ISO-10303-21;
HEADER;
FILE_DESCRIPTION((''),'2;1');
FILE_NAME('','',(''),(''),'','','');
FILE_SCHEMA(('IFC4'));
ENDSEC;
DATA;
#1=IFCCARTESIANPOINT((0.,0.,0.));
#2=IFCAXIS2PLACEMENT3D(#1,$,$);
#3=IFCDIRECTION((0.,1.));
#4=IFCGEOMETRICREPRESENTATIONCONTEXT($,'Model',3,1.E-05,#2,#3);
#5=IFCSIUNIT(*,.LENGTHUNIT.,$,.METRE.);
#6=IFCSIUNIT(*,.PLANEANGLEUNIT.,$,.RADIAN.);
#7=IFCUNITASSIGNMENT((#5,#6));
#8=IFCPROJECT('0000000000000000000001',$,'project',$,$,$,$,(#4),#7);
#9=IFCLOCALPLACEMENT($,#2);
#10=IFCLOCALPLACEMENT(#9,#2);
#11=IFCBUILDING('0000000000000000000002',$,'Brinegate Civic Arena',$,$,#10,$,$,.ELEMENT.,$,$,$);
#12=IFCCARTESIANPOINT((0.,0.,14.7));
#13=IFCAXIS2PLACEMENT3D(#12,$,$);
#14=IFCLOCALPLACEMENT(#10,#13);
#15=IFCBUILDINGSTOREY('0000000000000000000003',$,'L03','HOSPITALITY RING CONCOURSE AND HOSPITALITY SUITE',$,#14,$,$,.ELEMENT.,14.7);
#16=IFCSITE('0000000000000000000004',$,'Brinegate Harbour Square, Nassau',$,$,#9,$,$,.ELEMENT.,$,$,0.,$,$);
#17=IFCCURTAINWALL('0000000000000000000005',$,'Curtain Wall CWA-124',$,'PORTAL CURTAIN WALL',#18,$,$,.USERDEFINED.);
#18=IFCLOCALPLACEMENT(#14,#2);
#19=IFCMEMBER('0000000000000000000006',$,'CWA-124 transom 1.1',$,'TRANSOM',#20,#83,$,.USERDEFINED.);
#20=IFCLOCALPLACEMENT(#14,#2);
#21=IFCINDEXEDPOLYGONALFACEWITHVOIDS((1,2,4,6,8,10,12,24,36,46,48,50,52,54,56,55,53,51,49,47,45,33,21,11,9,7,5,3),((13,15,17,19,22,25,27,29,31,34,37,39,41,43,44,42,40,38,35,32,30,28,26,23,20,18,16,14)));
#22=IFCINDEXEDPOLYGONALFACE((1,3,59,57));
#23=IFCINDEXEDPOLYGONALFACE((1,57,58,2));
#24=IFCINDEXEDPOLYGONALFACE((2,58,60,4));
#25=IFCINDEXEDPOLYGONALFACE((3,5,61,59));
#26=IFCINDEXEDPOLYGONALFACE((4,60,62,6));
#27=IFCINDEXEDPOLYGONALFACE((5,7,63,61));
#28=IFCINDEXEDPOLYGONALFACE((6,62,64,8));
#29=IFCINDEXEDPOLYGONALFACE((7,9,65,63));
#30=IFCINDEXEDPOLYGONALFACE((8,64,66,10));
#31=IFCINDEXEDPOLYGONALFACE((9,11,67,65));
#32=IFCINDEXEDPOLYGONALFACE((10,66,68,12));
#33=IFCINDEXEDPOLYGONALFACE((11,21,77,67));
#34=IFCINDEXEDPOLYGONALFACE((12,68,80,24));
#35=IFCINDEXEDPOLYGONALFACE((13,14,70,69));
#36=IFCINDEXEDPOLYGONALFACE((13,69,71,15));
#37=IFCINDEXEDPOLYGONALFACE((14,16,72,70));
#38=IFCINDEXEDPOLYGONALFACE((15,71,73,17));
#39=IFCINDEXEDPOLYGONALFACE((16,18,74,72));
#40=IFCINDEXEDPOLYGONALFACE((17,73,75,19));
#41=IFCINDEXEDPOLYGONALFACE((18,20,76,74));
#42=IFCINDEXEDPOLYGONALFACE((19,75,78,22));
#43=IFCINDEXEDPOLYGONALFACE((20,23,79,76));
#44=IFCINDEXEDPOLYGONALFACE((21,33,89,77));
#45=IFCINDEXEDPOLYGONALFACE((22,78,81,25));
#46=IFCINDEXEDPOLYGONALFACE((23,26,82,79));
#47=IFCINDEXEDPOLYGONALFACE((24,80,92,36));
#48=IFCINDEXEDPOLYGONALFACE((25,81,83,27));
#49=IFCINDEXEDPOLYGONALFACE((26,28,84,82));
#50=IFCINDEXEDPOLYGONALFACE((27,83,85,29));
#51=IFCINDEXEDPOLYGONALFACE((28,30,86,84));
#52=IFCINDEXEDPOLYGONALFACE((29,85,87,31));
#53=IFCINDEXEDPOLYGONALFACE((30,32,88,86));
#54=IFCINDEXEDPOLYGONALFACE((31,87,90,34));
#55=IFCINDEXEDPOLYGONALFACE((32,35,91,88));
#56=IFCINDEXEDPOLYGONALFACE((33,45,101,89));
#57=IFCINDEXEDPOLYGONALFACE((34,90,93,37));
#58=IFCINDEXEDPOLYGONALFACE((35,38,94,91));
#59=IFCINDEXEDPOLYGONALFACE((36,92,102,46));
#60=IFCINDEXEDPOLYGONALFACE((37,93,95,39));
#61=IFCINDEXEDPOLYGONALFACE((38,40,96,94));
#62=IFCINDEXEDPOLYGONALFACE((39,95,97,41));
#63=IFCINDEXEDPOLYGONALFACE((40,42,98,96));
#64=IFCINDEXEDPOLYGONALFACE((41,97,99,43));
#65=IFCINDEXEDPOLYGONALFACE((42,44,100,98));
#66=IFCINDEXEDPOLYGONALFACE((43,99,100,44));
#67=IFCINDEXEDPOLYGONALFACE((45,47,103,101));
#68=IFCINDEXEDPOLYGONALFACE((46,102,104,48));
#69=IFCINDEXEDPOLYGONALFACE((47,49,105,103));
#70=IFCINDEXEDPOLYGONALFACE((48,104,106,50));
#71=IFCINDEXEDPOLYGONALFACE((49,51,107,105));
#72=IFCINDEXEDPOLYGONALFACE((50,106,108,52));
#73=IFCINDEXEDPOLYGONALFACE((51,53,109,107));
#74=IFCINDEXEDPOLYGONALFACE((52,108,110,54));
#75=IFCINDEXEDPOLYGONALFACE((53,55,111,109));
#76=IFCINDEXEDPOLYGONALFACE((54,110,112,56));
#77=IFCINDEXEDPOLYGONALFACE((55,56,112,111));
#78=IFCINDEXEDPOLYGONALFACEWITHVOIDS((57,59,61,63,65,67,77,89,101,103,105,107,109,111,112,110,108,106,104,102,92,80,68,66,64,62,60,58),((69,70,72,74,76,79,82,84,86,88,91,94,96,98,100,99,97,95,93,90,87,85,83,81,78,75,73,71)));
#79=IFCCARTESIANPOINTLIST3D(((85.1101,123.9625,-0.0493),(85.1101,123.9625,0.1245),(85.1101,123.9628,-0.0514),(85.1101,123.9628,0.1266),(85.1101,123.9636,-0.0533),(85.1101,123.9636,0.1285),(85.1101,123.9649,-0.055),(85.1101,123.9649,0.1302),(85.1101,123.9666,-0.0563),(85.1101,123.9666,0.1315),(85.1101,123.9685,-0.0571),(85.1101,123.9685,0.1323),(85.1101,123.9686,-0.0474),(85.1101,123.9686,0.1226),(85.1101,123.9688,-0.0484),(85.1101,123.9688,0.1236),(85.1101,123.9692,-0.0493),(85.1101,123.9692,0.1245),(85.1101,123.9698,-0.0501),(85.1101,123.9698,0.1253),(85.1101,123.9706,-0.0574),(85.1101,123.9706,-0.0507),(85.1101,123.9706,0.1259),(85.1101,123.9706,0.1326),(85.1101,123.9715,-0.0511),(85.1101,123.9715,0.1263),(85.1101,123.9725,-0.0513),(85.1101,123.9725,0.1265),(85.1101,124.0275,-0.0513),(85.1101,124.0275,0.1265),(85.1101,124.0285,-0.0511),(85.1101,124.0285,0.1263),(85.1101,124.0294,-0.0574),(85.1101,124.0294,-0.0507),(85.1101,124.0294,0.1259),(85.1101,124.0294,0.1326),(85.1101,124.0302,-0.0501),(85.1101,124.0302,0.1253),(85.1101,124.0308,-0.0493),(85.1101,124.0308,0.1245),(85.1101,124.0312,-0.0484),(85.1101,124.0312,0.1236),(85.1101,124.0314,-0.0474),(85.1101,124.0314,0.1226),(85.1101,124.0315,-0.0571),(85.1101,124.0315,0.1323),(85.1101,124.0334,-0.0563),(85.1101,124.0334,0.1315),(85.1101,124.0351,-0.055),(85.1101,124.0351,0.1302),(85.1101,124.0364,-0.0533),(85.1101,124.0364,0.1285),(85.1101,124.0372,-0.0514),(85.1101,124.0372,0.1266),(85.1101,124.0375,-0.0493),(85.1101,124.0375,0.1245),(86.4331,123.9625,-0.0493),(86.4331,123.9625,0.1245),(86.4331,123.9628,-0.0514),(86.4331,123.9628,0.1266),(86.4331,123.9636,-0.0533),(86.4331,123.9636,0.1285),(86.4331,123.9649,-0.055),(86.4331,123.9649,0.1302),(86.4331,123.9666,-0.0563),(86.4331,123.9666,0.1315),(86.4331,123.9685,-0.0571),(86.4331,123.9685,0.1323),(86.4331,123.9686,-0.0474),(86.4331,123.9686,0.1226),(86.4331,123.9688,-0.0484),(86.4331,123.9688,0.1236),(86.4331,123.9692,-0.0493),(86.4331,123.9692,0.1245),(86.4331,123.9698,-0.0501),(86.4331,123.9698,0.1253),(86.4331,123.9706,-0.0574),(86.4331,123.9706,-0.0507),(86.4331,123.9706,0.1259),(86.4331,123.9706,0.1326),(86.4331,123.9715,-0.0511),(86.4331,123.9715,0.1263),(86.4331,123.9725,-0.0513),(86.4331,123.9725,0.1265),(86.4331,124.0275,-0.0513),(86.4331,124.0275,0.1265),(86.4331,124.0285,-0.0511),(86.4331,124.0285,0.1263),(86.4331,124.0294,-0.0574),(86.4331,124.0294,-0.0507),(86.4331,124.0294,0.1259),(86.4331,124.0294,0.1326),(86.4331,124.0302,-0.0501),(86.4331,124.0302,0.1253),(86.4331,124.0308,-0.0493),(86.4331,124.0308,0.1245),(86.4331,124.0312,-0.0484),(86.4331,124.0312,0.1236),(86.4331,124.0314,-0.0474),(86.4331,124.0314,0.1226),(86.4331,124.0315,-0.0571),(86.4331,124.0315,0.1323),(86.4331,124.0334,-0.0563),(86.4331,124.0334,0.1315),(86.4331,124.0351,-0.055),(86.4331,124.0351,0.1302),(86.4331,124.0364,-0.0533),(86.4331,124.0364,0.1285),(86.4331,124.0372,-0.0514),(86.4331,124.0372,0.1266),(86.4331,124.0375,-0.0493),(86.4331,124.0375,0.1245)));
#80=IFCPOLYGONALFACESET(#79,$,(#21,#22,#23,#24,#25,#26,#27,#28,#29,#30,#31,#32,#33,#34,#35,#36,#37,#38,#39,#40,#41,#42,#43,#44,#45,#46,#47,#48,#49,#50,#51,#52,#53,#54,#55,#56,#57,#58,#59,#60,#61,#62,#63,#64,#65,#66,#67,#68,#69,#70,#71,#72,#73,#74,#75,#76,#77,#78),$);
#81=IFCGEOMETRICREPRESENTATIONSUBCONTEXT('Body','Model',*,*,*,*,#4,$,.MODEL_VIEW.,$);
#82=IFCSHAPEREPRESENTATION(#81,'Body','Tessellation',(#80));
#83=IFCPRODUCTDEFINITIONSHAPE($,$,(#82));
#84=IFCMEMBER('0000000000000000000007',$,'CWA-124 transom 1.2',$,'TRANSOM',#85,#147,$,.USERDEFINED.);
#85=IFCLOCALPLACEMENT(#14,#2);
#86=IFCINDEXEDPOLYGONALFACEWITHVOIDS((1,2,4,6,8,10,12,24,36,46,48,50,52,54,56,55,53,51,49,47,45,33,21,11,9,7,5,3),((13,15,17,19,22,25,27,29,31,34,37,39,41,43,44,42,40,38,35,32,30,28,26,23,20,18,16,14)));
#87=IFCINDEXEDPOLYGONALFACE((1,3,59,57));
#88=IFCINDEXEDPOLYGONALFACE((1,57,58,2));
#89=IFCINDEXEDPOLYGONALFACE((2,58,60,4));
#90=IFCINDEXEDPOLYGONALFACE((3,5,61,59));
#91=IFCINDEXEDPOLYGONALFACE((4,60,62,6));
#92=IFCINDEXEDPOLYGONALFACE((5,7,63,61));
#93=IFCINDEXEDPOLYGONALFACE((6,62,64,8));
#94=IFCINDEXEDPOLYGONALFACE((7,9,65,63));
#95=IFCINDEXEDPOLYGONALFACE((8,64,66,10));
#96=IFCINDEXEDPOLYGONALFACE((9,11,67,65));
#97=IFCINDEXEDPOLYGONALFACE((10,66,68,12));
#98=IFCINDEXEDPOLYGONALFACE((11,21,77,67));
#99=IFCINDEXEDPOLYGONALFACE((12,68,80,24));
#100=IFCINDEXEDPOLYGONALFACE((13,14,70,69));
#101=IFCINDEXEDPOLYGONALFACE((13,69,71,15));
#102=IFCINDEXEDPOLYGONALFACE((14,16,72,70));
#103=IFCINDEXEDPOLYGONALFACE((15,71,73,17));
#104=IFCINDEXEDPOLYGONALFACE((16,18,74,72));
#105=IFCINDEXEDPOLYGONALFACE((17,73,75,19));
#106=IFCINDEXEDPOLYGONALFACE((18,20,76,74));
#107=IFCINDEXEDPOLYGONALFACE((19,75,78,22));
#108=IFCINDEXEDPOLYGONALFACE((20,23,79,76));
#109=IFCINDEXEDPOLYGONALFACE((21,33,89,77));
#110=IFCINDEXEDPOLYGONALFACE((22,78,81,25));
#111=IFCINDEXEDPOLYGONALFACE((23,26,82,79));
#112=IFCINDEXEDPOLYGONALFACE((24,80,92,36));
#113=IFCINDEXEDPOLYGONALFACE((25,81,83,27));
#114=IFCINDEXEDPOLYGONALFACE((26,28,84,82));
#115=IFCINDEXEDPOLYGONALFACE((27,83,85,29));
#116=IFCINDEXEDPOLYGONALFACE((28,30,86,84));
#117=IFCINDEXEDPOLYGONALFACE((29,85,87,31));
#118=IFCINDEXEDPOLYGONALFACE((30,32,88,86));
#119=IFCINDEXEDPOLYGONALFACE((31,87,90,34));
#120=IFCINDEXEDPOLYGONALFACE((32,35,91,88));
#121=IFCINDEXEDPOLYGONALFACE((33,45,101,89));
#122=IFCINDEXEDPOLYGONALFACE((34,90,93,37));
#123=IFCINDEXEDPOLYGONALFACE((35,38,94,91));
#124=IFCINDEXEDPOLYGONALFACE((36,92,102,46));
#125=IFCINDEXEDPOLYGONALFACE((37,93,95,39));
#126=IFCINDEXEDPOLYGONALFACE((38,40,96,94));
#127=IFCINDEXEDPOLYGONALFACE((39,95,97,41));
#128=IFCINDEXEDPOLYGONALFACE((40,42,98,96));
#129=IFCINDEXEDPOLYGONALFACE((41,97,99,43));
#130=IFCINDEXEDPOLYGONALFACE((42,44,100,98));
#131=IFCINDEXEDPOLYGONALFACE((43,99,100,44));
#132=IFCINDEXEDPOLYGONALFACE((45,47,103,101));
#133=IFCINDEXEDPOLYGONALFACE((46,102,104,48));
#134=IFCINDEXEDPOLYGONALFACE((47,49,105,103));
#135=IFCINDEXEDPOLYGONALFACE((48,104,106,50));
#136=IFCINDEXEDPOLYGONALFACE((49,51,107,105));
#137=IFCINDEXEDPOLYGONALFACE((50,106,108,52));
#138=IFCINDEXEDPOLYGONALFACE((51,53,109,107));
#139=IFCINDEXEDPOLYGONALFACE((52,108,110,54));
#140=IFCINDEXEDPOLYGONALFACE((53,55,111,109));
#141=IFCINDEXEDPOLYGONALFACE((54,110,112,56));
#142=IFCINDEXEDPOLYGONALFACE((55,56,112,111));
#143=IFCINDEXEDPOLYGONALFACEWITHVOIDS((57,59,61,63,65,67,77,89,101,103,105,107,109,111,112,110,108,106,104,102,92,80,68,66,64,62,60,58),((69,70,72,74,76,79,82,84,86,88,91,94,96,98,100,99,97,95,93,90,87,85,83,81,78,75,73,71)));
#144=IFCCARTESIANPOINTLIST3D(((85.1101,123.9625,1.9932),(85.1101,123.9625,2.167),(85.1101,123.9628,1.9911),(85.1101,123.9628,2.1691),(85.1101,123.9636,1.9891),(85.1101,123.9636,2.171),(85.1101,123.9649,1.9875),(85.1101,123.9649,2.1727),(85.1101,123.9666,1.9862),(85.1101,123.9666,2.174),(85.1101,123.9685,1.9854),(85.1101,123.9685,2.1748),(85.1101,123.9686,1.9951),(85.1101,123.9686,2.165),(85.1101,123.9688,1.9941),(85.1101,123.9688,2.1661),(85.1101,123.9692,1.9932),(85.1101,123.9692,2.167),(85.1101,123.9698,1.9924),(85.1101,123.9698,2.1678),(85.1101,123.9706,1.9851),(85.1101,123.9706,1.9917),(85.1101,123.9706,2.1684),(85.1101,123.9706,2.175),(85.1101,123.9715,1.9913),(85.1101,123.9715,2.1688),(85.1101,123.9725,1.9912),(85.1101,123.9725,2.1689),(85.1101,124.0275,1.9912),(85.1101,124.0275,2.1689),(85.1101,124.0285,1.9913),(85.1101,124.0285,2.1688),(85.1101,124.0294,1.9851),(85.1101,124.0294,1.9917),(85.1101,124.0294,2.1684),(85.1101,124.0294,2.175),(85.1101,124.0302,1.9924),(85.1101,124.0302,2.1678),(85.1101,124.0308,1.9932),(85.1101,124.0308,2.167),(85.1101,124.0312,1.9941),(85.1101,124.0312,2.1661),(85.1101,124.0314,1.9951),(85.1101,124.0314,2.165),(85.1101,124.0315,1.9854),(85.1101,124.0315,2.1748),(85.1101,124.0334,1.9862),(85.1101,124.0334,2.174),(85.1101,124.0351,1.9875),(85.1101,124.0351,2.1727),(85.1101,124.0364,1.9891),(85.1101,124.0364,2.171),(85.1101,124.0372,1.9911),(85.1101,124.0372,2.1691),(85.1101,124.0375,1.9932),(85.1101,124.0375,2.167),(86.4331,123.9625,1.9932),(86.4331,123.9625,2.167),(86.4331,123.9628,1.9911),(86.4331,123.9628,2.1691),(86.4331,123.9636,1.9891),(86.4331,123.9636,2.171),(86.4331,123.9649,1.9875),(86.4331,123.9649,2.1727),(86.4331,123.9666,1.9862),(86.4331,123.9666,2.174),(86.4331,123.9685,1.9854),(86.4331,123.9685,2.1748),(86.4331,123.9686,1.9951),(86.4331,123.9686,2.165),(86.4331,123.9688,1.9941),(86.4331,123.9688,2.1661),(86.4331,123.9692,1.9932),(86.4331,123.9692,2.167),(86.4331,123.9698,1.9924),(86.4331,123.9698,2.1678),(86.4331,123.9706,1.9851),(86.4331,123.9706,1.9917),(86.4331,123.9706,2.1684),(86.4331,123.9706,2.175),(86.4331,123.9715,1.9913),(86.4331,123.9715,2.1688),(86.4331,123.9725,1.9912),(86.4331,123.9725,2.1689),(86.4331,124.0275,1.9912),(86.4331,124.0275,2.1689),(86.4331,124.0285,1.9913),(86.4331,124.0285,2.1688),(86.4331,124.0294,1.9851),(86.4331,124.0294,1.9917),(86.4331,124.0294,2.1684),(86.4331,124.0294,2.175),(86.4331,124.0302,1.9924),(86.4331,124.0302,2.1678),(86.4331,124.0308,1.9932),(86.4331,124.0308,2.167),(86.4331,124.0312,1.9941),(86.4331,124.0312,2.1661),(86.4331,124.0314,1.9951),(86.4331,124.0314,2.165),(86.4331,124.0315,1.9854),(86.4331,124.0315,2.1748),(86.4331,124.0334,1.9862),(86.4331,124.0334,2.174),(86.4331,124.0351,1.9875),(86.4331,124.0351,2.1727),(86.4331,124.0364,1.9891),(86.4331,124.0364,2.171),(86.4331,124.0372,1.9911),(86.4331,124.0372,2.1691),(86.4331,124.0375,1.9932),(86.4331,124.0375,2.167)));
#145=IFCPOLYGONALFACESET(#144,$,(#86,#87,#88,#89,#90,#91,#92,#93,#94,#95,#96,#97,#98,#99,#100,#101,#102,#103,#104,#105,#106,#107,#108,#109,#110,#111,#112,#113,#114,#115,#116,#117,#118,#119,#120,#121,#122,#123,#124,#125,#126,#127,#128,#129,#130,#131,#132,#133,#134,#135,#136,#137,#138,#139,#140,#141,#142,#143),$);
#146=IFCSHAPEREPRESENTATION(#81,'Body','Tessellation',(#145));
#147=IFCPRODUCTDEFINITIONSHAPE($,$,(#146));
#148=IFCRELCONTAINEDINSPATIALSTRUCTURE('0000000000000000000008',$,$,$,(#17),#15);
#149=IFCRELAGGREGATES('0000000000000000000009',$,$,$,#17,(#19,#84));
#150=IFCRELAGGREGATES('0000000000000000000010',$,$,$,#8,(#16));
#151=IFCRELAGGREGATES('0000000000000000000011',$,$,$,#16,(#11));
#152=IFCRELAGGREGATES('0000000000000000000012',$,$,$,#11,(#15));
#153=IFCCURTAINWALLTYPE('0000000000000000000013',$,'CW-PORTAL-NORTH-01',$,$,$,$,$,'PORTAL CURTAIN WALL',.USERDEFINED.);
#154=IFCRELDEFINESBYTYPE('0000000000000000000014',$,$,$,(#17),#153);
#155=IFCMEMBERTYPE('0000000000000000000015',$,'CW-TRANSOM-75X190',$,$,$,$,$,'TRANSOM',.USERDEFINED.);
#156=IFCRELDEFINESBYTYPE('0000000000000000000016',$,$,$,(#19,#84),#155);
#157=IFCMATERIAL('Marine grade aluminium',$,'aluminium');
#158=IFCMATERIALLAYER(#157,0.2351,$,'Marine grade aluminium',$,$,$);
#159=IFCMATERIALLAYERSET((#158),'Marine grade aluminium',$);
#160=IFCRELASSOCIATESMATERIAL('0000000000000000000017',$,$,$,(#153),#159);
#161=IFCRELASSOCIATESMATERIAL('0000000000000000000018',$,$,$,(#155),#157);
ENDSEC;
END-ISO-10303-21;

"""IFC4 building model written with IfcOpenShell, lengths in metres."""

from ifc_helpers import new_model, si_unit, direction, frame, origin, origin_2d, place, context, subcontext, project, spatial, hollow_rectangle, extrude, material, layer, layer_set, material_profile, profile_set, type_object, element, aggregate, save


model = new_model("IFC4")

# Units and contexts
model_context = context("Model", 3, precision=1e-05, world=origin(), true_north=direction((0.0, 1.0)))
body_context = subcontext(model_context, "Body", "Model", "MODEL_VIEW")
ifc_project = project(units=[si_unit("LENGTHUNIT", "METRE"), si_unit("PLANEANGLEUNIT", "RADIAN")], contexts=[model_context])

# Site, building, storey
site_placement = place(None, origin())
site = spatial("IfcSite", under=ifc_project, at=site_placement, Name="Brinegate Harbour Square, Nassau", CompositionType="ELEMENT", RefElevation=0.0)
building_placement = place(site_placement, origin())
building = spatial("IfcBuilding", under=site, at=building_placement, Name="Brinegate Civic Arena", CompositionType="ELEMENT")
storey_placement = place(building_placement, frame((0.0, 0.0, 14.7)))
storey = spatial("IfcBuildingStorey", under=building, at=storey_placement, Name="L03", Description="HOSPITALITY RING CONCOURSE AND HOSPITALITY SUITE", CompositionType="ELEMENT", Elevation=14.7)

# Curtain wall, members
ifc_material_1 = material(Name="Marine grade aluminium", Category="aluminium")
ifc_layer_1 = layer(ifc_material_1, 0.2351, Name="Marine grade aluminium")
ifc_layer_set_1 = layer_set([ifc_layer_1], Name="Marine grade aluminium")
curtain_wall_type = type_object("IfcCurtainWallType", Name="CW-PORTAL-NORTH-01", ElementType="PORTAL CURTAIN WALL", PredefinedType="USERDEFINED", material=ifc_layer_set_1)
curtain_wall_placement = place(storey_placement, origin())
curtain_wall = element("IfcCurtainWall", 1, at=curtain_wall_placement, inside=storey, type_object=curtain_wall_type, Name="Curtain Wall CWA-124", ObjectType="PORTAL CURTAIN WALL", PredefinedType="USERDEFINED")
ifc_material_profile_1 = material_profile(ifc_material_1, hollow_rectangle(XDim=0.075, YDim=0.1899, WallThickness=0.0061, InnerFilletRadius=0.0039, OuterFilletRadius=0.0081, at=origin_2d()), Name="TRN75X190")
ifc_profile_set_1 = profile_set([ifc_material_profile_1], Name="Marine grade aluminium")
member_type_1 = type_object("IfcMemberType", Name="CW-TRANSOM-75X190", ElementType="TRANSOM", PredefinedType="USERDEFINED", material=ifc_profile_set_1)
member_1_placement = place(storey_placement, frame((85.1101, 124.0, 0.0376), z_axis=(1.0, 0.0, 0.0), x_axis=(0.0, 1.0, 0.0)))
member_1 = element("IfcMember", 2, at=member_1_placement, type_object=member_type_1, Name="CWA-124 transom 1.1", ObjectType="TRANSOM", PredefinedType="USERDEFINED", context=body_context, shape_type="SweptSolid", body=[
    extrude(hollow_rectangle(XDim=0.075, YDim=0.1899, WallThickness=0.0061, InnerFilletRadius=0.0039, OuterFilletRadius=0.0081, at=origin_2d()), origin(), (0.0, 0.0, 1.0), 1.323),
])
member_2_placement = place(storey_placement, frame((85.1101, 124.0, 2.0801), z_axis=(1.0, 0.0, 0.0), x_axis=(0.0, 1.0, 0.0)))
member_2 = element("IfcMember", 3, at=member_2_placement, type_object=member_type_1, Name="CWA-124 transom 1.2", ObjectType="TRANSOM", PredefinedType="USERDEFINED", context=body_context, shape_type="SweptSolid", body=[
    extrude(hollow_rectangle(XDim=0.075, YDim=0.1899, WallThickness=0.0061, InnerFilletRadius=0.0039, OuterFilletRadius=0.0081, at=origin_2d()), origin(), (0.0, 0.0, 1.0), 1.323),
])

aggregate(curtain_wall, [member_1, member_2])

save(model, "model.ifc")
